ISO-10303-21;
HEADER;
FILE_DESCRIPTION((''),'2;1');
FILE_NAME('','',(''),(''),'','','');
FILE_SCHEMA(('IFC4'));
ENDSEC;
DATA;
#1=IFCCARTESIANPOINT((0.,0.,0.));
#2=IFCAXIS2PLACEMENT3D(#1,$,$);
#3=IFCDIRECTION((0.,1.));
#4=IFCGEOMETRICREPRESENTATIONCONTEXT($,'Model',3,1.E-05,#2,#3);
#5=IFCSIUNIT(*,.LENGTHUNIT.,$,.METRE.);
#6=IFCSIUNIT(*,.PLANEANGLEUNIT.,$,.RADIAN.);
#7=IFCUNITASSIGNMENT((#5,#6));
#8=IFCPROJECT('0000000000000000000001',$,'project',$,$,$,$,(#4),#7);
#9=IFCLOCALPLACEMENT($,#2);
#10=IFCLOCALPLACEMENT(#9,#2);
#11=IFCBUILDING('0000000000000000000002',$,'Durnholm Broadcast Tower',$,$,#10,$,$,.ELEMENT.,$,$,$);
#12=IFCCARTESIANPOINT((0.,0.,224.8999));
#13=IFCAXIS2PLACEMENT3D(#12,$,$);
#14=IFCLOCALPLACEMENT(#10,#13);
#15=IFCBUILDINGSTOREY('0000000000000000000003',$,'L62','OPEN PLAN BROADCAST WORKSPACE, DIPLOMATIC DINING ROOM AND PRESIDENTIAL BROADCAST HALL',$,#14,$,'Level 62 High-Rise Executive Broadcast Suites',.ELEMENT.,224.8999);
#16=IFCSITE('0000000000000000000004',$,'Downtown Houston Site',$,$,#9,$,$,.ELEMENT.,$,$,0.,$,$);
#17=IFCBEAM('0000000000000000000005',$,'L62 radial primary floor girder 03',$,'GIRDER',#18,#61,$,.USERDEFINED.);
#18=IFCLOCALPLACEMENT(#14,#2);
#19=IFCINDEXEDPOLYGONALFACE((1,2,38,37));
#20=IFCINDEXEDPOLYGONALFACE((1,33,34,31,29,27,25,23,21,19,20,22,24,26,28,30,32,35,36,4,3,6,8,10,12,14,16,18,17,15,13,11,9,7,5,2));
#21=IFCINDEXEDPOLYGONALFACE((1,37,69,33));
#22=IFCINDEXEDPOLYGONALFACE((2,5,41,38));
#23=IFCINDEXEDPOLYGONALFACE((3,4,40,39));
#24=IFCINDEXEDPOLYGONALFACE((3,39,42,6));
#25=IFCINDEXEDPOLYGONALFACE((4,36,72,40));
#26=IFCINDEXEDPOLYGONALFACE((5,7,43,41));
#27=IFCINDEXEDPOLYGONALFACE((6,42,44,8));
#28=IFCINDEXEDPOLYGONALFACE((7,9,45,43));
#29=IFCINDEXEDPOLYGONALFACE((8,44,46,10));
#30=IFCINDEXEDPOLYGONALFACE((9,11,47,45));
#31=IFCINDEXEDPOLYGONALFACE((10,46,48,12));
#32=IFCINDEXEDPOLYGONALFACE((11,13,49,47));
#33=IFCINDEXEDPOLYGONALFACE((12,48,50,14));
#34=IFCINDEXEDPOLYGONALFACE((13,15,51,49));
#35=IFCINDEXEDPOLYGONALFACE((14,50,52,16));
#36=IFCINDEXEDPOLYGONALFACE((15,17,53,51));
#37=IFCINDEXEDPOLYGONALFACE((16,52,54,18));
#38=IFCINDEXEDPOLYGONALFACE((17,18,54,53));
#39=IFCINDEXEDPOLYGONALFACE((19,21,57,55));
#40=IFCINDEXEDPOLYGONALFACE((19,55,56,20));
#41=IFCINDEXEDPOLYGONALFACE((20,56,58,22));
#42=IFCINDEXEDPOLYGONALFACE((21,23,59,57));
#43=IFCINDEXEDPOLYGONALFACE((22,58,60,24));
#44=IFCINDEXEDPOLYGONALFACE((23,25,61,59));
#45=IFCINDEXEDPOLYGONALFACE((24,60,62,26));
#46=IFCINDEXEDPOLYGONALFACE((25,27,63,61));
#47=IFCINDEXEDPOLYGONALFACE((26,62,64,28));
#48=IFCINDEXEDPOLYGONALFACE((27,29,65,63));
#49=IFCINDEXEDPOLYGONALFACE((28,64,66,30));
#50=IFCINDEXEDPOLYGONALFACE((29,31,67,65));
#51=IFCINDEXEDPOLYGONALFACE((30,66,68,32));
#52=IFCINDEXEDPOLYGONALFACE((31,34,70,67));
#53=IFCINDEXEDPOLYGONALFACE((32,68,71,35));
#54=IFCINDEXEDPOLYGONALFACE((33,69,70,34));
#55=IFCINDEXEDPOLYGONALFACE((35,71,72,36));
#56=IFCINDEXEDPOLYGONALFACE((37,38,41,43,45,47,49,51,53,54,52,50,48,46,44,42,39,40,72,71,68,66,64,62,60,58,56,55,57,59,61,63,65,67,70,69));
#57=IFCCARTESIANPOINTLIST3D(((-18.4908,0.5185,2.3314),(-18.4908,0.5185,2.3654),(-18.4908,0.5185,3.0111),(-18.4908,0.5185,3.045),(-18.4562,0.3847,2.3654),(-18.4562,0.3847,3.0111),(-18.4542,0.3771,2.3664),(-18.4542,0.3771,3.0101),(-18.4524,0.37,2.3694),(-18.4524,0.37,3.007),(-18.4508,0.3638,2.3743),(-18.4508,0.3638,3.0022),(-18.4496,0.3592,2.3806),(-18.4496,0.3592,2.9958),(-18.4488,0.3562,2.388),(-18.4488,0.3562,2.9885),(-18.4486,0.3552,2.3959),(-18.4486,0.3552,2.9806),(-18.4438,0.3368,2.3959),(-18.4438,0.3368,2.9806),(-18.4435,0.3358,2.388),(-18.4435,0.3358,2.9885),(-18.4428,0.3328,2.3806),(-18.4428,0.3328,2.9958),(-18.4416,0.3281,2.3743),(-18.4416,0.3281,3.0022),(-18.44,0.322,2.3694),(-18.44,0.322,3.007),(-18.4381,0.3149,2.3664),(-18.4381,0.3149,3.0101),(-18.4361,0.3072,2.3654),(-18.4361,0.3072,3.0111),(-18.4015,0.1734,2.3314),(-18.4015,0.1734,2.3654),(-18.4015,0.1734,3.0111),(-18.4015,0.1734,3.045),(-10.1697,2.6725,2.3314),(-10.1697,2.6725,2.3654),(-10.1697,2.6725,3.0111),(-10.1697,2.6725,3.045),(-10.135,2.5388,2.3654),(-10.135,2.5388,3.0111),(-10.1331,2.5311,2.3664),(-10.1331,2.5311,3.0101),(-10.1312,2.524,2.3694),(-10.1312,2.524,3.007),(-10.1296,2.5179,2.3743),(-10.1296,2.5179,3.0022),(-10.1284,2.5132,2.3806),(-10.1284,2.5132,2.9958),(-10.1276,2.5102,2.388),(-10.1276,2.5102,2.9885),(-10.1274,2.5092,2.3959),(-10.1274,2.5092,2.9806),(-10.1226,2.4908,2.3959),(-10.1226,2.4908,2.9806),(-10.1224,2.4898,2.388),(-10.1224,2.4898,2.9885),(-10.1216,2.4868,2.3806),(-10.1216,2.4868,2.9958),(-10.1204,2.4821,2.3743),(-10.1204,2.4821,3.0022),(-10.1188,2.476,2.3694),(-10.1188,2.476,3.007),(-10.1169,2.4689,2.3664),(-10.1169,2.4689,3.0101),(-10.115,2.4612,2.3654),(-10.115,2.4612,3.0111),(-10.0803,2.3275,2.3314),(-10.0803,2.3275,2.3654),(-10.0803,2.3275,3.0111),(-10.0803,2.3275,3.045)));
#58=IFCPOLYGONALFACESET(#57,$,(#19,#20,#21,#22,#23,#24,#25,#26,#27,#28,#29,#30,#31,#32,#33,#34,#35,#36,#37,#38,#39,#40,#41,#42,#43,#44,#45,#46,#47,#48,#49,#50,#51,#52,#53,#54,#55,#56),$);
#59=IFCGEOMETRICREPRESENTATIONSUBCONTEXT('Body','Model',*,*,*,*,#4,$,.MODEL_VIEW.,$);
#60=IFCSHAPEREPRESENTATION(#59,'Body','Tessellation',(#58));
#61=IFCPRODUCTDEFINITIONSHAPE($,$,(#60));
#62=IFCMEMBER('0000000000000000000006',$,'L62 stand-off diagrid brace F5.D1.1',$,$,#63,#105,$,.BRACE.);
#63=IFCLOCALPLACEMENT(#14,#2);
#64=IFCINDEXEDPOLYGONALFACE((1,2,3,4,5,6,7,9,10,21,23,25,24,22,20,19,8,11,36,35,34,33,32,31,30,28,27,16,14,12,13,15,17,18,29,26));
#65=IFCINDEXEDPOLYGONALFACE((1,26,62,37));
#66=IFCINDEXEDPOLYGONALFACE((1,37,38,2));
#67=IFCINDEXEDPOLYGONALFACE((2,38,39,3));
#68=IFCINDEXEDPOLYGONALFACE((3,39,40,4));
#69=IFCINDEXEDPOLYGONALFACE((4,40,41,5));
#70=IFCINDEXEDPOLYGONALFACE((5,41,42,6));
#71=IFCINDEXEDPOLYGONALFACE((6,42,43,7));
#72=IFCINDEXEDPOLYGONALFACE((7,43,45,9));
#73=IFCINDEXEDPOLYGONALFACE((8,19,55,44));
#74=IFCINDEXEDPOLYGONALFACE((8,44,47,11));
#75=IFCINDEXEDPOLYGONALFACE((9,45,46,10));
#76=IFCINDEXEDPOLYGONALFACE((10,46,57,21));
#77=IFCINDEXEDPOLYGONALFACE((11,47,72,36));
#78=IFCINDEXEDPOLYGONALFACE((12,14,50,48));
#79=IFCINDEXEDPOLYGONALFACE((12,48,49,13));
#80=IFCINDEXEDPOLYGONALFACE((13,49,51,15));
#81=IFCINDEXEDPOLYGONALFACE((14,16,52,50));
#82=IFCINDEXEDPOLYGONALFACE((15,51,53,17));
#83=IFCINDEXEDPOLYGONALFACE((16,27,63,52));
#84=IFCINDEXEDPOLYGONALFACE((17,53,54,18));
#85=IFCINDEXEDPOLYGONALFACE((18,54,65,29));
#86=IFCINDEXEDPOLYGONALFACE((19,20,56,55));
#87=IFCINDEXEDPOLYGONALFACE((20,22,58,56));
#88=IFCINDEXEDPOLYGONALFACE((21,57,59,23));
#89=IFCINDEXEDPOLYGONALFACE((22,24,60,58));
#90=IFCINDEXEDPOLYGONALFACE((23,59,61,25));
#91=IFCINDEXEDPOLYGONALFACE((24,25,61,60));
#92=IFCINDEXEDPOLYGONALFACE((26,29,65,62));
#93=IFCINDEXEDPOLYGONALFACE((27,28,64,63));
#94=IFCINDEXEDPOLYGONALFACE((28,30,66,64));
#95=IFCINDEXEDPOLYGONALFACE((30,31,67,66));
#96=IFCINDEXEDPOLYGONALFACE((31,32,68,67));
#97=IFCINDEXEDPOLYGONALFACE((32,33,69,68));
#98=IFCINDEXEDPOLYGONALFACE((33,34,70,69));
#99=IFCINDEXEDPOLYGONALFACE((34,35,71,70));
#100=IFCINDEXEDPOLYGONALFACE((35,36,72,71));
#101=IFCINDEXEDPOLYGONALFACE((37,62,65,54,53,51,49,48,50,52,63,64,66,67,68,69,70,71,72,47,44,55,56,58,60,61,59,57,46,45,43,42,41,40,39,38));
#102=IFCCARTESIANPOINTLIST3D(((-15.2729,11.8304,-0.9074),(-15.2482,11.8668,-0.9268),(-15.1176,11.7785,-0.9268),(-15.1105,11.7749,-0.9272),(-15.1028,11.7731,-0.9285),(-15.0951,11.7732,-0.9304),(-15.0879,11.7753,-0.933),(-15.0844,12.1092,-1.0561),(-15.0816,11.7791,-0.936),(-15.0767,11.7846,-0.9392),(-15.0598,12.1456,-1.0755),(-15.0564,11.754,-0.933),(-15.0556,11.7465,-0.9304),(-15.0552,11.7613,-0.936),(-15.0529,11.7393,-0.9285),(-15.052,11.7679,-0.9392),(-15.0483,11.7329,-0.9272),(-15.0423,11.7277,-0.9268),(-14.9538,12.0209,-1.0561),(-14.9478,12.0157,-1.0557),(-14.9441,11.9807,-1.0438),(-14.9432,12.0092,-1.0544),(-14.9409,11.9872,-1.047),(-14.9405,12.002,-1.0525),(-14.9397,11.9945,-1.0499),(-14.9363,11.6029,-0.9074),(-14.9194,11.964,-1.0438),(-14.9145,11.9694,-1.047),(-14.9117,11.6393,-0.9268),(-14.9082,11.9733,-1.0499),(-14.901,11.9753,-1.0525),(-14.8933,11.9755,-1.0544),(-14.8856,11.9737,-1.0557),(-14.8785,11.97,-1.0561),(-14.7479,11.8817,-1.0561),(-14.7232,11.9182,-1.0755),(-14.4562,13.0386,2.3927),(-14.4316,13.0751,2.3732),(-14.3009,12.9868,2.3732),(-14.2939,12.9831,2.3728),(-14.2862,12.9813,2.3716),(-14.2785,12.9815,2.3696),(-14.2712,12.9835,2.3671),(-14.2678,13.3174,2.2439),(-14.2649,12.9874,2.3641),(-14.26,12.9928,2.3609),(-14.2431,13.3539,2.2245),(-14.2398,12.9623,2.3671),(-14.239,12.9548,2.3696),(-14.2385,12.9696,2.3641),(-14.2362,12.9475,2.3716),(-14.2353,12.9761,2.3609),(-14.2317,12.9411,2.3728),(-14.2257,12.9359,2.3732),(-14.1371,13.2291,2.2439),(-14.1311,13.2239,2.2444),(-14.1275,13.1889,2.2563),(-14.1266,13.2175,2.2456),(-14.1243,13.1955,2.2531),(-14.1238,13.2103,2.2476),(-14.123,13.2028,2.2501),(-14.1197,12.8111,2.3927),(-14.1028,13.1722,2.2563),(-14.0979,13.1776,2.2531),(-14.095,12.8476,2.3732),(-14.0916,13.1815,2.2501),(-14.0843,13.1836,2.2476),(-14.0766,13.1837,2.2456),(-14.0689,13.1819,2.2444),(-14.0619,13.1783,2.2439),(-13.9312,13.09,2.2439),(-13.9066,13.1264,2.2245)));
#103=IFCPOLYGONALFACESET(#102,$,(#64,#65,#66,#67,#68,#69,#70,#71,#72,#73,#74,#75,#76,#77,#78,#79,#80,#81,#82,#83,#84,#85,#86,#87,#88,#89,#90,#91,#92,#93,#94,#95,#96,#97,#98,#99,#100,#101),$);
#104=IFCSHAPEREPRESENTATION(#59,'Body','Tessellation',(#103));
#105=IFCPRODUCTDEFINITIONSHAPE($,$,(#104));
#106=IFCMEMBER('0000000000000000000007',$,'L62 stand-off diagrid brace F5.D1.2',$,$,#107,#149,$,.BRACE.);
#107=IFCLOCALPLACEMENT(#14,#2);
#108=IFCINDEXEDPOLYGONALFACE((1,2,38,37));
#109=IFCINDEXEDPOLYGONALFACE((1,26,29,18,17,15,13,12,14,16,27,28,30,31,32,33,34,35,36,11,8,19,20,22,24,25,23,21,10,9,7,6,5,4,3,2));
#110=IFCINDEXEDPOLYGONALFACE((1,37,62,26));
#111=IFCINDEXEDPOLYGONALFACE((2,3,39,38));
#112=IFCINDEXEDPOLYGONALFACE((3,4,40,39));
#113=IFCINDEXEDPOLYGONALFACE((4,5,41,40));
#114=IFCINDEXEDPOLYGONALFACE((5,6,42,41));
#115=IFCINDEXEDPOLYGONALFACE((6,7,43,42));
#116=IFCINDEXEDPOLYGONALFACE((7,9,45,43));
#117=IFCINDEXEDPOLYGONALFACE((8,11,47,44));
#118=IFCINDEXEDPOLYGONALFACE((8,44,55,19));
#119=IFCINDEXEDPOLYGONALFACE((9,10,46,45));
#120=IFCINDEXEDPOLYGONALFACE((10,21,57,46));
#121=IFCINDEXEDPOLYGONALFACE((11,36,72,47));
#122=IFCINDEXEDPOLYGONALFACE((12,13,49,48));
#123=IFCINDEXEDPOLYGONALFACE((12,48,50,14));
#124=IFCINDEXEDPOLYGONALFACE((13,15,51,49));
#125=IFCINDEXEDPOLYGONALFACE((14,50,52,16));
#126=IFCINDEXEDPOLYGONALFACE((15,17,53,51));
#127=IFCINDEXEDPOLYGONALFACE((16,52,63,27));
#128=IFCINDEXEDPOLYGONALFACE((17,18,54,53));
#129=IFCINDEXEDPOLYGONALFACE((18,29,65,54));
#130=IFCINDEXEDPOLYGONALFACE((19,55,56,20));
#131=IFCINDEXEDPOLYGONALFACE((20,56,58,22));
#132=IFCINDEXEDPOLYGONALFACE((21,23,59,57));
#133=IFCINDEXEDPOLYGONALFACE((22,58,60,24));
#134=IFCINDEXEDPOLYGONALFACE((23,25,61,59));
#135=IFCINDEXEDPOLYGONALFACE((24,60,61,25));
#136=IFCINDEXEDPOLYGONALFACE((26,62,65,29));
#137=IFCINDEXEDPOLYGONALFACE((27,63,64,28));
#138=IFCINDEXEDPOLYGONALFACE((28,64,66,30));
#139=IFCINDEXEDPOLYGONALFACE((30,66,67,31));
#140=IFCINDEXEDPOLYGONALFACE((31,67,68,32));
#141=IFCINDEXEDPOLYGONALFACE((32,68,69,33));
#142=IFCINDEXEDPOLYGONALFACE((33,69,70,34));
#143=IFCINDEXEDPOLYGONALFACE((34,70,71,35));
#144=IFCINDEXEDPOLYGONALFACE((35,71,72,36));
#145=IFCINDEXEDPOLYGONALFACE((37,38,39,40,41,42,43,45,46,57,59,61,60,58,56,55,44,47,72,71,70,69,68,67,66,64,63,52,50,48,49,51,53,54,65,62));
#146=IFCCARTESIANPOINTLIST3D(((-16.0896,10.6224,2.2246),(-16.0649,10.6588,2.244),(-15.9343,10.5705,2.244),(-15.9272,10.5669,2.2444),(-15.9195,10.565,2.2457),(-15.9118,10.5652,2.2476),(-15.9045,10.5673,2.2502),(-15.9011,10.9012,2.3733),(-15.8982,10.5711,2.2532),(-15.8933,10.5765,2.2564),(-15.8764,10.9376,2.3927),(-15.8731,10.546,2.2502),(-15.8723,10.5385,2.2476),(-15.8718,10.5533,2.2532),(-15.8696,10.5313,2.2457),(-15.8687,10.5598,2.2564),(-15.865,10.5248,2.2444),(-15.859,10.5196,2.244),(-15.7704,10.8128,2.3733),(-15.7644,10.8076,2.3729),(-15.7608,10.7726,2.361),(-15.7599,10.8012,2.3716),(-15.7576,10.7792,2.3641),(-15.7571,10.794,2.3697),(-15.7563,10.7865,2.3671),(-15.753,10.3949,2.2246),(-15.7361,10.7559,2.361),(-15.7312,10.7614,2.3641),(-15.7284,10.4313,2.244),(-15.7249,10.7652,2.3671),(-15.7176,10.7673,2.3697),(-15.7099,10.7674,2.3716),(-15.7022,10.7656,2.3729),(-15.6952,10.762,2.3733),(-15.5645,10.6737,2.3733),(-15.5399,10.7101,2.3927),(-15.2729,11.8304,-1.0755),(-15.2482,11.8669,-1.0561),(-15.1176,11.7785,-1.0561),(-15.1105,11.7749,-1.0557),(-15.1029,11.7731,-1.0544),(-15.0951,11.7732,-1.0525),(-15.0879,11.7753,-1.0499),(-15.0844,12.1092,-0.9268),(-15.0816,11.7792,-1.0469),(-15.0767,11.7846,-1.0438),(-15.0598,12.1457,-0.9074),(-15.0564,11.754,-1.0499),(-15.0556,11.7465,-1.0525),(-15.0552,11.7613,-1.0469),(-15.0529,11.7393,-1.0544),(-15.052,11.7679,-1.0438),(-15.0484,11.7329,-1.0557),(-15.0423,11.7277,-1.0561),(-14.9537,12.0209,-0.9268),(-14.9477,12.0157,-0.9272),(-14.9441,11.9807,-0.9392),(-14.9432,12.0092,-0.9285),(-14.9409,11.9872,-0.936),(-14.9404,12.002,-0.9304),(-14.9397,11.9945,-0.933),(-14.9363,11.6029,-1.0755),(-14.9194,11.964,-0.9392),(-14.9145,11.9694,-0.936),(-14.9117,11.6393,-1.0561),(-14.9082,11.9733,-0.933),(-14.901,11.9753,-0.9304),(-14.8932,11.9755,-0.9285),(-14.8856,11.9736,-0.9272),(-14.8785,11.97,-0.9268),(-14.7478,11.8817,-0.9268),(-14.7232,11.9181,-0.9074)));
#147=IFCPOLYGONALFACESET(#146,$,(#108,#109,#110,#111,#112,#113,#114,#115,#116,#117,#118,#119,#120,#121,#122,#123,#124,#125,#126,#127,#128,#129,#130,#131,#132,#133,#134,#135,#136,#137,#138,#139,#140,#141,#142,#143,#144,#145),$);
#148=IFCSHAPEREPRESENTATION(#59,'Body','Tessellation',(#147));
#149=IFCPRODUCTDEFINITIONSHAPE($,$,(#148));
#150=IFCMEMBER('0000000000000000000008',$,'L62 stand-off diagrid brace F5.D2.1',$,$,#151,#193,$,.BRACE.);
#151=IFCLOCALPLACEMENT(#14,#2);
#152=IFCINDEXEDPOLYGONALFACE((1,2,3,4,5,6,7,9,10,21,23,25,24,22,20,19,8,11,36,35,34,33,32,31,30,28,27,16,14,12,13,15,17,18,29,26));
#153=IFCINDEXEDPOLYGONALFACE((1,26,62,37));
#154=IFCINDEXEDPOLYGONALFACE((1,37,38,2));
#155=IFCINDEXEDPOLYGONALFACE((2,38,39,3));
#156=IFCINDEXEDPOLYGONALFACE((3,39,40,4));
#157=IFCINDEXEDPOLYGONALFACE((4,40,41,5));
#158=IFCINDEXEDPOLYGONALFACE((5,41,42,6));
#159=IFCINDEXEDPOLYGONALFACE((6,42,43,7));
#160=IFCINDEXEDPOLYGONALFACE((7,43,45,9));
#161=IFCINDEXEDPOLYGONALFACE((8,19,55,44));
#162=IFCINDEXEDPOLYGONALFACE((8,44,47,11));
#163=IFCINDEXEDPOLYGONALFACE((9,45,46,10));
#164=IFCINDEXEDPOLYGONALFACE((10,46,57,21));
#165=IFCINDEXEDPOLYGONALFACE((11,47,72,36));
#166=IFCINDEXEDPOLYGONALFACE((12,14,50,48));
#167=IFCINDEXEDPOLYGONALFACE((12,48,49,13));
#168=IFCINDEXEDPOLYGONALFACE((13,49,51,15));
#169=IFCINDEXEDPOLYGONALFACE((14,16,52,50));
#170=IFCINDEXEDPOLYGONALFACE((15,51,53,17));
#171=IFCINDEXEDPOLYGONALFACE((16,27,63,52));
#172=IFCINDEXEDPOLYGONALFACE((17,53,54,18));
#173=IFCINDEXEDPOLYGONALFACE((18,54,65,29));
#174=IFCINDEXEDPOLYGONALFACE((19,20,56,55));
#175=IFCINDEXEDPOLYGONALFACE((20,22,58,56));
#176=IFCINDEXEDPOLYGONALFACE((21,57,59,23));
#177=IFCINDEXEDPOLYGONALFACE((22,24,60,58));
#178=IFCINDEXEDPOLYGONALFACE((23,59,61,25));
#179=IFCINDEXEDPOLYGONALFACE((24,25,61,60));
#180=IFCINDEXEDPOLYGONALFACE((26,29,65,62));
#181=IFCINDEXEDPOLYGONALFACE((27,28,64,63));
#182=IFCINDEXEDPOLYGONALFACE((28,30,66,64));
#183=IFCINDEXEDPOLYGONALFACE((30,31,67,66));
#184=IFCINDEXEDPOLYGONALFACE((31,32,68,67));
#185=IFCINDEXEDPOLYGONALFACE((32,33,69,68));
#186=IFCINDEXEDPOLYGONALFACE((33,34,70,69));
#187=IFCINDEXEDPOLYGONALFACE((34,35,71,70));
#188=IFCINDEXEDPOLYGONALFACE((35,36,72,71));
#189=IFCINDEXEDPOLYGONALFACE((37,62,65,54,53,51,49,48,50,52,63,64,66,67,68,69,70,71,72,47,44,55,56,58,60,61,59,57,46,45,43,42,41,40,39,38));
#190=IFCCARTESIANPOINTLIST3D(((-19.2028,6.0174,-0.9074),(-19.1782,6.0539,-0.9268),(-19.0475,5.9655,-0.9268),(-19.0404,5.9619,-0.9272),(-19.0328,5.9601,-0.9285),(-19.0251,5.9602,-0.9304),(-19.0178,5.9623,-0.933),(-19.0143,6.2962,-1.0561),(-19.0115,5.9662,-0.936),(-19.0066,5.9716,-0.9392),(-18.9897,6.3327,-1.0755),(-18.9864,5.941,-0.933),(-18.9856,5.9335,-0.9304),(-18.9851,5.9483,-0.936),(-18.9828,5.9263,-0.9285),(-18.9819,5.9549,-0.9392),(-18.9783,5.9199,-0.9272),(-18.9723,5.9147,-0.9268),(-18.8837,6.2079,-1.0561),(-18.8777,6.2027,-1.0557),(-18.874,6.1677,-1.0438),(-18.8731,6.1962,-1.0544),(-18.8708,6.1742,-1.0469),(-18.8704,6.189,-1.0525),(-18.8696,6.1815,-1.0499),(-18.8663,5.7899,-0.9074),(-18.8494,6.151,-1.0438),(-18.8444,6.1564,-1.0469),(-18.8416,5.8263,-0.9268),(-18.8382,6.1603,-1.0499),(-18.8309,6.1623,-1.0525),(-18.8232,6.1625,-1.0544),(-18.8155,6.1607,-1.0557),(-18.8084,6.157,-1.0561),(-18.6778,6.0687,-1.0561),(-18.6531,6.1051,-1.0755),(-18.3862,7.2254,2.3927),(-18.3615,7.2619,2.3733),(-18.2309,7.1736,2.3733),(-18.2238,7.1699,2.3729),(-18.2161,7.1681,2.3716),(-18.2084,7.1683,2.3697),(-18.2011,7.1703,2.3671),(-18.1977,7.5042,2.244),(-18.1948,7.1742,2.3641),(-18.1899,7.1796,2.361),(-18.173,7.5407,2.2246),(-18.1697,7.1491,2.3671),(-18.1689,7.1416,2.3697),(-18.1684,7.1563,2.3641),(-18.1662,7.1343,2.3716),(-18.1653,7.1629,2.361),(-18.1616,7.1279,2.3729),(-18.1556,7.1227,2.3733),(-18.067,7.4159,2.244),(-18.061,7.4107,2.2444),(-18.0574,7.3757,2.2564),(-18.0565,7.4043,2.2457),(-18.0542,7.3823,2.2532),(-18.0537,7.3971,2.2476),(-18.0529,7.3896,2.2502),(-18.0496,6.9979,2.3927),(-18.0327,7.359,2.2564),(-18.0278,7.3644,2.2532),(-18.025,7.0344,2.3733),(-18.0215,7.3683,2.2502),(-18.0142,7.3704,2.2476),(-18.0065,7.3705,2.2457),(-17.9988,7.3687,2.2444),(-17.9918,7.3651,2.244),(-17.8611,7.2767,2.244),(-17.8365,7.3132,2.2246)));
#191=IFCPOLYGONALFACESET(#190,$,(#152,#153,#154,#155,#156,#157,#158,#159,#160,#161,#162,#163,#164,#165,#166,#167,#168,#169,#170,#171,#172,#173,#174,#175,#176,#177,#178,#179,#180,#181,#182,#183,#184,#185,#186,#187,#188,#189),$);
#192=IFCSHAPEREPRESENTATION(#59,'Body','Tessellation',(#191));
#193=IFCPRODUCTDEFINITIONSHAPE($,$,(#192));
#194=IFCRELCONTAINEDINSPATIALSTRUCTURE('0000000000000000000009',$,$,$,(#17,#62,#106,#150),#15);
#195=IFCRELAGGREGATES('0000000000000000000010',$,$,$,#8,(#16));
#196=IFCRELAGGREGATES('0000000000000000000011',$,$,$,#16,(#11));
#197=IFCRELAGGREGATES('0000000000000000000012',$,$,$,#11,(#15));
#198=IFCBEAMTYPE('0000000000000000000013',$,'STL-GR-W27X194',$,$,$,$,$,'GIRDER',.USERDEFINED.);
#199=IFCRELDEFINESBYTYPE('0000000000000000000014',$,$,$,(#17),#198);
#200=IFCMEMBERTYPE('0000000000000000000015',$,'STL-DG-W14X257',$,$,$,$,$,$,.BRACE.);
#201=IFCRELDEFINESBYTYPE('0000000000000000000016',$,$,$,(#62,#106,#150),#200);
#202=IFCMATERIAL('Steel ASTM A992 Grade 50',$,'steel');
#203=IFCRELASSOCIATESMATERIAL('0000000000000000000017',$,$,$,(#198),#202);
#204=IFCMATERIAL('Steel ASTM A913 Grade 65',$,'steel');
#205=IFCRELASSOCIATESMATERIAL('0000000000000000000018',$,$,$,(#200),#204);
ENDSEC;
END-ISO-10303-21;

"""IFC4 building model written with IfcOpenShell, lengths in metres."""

from ifc_helpers import new_model, si_unit, direction, frame, origin, origin_2d, place, context, subcontext, project, spatial, i_section, extrude, source, transform, mapped, material, material_profile, profile_set, type_object, type_shapes, element, save


model = new_model("IFC4")

# Units and contexts
model_context = context("Model", 3, precision=1e-05, world=origin(), true_north=direction((0.0, 1.0)))
body_context = subcontext(model_context, "Body", "Model", "MODEL_VIEW")
ifc_project = project(units=[si_unit("LENGTHUNIT", "METRE"), si_unit("PLANEANGLEUNIT", "RADIAN")], contexts=[model_context])

# Site, building, storey
site_placement = place(None, origin())
site = spatial("IfcSite", under=ifc_project, at=site_placement, Name="Downtown Houston Site", CompositionType="ELEMENT", RefElevation=0.0)
building_placement = place(site_placement, origin())
building = spatial("IfcBuilding", under=site, at=building_placement, Name="Durnholm Broadcast Tower", CompositionType="ELEMENT")
storey_placement = place(building_placement, frame((0.0, 0.0, 224.8999)))
storey = spatial("IfcBuildingStorey", under=building, at=storey_placement, Name="L62", Description="OPEN PLAN BROADCAST WORKSPACE, DIPLOMATIC DINING ROOM AND PRESIDENTIAL BROADCAST HALL", LongName="Level 62 High-Rise Executive Broadcast Suites", CompositionType="ELEMENT", Elevation=224.8999)

# Beam
ifc_material_1 = material(Name="Steel ASTM A992 Grade 50", Category="steel")
ifc_material_profile_1 = material_profile(ifc_material_1, i_section(OverallWidth=0.3564, OverallDepth=0.7136, WebThickness=0.019, FlangeThickness=0.0339, FilletRadius=0.0305, at=origin_2d()), Name="W27X194")
ifc_profile_set_1 = profile_set([ifc_material_profile_1], Name="Steel ASTM A992 Grade 50")
beam_type_1 = type_object("IfcBeamType", Name="STL-GR-W27X194", ElementType="GIRDER", PredefinedType="USERDEFINED", material=ifc_profile_set_1)
shared_shape_1 = source(origin(), body_context, "Body", "SweptSolid", [
    extrude(i_section(OverallWidth=0.3564, OverallDepth=0.7136, WebThickness=0.019, FlangeThickness=0.0339, FilletRadius=0.0305, at=origin_2d()), origin(), (0.0, 0.0, 1.0), 8.5955),
])
beam_1_placement = place(storey_placement, frame((-10.125, 2.5, 2.6882), z_axis=(-0.968091, -0.2506, 0.0), x_axis=(0.2506, -0.968091, 0.0)))
element("IfcBeam", 1, at=beam_1_placement, inside=storey, type_object=beam_type_1, Name="L62 radial primary floor girder 03", ObjectType="GIRDER", PredefinedType="USERDEFINED", context=body_context, shape_type="MappedRepresentation", body=[
    mapped(shared_shape_1, transform((0.0, 0.0, 0.0), x_axis=(1.0, 0.0, 0.0), y_axis=(0.0, 1.0, 0.0), z_axis=(0.0, 0.0, 1.0), scale=1.0)),
])

# Members
ifc_material_2 = material(Name="Steel ASTM A913 Grade 65", Category="steel")
ifc_material_profile_2 = material_profile(ifc_material_2, i_section(OverallWidth=0.4062, OverallDepth=0.416, WebThickness=0.0298, FlangeThickness=0.0481, FilletRadius=0.0305, at=origin_2d()), Name="W14X257")
ifc_profile_set_2 = profile_set([ifc_material_profile_2], Name="Steel ASTM A913 Grade 65")
member_type_1 = type_object("IfcMemberType", Name="STL-DG-W14X257", PredefinedType="BRACE", material=ifc_profile_set_2)
shared_shape_2 = source(origin(), body_context, "Body", "SweptSolid", [
    extrude(i_section(OverallWidth=0.4062, OverallDepth=0.416, WebThickness=0.0298, FlangeThickness=0.0481, FilletRadius=0.0305, at=origin_2d()), origin(), (0.0, 0.0, 1.0), 3.6079),
])
type_shapes(member_type_1, [shared_shape_2])
for number, where, z_axis, x_axis, name in (
    (2, (-14.998, 11.8743, -0.9915), (0.226349, 0.334888, 0.914667), (-0.828505, 0.559982, 0.0), "L62 stand-off diagrid brace F5.D1.1"),
    (3, (-14.998, 11.8743, -0.9915), (-0.226354, -0.334828, 0.914688), (0.828452, -0.560059, 0.0), "L62 stand-off diagrid brace F5.D1.2"),
    (4, (-18.928, 6.0613, -0.9915), (0.226354, 0.334828, 0.914688), (-0.828452, 0.560059, 0.0), "L62 stand-off diagrid brace F5.D2.1"),
):
    element("IfcMember", number, at=place(storey_placement, frame(where, z_axis=z_axis, x_axis=x_axis)), inside=storey, type_object=member_type_1, Name=name, PredefinedType="BRACE", context=body_context, shape_type="MappedRepresentation", body=[
        mapped(shared_shape_2, transform((0.0, 0.0, 0.0), x_axis=(1.0, 0.0, 0.0), y_axis=(0.0, 1.0, 0.0), z_axis=(0.0, 0.0, 1.0), scale=1.0)),
    ])

save(model, "model.ifc")
